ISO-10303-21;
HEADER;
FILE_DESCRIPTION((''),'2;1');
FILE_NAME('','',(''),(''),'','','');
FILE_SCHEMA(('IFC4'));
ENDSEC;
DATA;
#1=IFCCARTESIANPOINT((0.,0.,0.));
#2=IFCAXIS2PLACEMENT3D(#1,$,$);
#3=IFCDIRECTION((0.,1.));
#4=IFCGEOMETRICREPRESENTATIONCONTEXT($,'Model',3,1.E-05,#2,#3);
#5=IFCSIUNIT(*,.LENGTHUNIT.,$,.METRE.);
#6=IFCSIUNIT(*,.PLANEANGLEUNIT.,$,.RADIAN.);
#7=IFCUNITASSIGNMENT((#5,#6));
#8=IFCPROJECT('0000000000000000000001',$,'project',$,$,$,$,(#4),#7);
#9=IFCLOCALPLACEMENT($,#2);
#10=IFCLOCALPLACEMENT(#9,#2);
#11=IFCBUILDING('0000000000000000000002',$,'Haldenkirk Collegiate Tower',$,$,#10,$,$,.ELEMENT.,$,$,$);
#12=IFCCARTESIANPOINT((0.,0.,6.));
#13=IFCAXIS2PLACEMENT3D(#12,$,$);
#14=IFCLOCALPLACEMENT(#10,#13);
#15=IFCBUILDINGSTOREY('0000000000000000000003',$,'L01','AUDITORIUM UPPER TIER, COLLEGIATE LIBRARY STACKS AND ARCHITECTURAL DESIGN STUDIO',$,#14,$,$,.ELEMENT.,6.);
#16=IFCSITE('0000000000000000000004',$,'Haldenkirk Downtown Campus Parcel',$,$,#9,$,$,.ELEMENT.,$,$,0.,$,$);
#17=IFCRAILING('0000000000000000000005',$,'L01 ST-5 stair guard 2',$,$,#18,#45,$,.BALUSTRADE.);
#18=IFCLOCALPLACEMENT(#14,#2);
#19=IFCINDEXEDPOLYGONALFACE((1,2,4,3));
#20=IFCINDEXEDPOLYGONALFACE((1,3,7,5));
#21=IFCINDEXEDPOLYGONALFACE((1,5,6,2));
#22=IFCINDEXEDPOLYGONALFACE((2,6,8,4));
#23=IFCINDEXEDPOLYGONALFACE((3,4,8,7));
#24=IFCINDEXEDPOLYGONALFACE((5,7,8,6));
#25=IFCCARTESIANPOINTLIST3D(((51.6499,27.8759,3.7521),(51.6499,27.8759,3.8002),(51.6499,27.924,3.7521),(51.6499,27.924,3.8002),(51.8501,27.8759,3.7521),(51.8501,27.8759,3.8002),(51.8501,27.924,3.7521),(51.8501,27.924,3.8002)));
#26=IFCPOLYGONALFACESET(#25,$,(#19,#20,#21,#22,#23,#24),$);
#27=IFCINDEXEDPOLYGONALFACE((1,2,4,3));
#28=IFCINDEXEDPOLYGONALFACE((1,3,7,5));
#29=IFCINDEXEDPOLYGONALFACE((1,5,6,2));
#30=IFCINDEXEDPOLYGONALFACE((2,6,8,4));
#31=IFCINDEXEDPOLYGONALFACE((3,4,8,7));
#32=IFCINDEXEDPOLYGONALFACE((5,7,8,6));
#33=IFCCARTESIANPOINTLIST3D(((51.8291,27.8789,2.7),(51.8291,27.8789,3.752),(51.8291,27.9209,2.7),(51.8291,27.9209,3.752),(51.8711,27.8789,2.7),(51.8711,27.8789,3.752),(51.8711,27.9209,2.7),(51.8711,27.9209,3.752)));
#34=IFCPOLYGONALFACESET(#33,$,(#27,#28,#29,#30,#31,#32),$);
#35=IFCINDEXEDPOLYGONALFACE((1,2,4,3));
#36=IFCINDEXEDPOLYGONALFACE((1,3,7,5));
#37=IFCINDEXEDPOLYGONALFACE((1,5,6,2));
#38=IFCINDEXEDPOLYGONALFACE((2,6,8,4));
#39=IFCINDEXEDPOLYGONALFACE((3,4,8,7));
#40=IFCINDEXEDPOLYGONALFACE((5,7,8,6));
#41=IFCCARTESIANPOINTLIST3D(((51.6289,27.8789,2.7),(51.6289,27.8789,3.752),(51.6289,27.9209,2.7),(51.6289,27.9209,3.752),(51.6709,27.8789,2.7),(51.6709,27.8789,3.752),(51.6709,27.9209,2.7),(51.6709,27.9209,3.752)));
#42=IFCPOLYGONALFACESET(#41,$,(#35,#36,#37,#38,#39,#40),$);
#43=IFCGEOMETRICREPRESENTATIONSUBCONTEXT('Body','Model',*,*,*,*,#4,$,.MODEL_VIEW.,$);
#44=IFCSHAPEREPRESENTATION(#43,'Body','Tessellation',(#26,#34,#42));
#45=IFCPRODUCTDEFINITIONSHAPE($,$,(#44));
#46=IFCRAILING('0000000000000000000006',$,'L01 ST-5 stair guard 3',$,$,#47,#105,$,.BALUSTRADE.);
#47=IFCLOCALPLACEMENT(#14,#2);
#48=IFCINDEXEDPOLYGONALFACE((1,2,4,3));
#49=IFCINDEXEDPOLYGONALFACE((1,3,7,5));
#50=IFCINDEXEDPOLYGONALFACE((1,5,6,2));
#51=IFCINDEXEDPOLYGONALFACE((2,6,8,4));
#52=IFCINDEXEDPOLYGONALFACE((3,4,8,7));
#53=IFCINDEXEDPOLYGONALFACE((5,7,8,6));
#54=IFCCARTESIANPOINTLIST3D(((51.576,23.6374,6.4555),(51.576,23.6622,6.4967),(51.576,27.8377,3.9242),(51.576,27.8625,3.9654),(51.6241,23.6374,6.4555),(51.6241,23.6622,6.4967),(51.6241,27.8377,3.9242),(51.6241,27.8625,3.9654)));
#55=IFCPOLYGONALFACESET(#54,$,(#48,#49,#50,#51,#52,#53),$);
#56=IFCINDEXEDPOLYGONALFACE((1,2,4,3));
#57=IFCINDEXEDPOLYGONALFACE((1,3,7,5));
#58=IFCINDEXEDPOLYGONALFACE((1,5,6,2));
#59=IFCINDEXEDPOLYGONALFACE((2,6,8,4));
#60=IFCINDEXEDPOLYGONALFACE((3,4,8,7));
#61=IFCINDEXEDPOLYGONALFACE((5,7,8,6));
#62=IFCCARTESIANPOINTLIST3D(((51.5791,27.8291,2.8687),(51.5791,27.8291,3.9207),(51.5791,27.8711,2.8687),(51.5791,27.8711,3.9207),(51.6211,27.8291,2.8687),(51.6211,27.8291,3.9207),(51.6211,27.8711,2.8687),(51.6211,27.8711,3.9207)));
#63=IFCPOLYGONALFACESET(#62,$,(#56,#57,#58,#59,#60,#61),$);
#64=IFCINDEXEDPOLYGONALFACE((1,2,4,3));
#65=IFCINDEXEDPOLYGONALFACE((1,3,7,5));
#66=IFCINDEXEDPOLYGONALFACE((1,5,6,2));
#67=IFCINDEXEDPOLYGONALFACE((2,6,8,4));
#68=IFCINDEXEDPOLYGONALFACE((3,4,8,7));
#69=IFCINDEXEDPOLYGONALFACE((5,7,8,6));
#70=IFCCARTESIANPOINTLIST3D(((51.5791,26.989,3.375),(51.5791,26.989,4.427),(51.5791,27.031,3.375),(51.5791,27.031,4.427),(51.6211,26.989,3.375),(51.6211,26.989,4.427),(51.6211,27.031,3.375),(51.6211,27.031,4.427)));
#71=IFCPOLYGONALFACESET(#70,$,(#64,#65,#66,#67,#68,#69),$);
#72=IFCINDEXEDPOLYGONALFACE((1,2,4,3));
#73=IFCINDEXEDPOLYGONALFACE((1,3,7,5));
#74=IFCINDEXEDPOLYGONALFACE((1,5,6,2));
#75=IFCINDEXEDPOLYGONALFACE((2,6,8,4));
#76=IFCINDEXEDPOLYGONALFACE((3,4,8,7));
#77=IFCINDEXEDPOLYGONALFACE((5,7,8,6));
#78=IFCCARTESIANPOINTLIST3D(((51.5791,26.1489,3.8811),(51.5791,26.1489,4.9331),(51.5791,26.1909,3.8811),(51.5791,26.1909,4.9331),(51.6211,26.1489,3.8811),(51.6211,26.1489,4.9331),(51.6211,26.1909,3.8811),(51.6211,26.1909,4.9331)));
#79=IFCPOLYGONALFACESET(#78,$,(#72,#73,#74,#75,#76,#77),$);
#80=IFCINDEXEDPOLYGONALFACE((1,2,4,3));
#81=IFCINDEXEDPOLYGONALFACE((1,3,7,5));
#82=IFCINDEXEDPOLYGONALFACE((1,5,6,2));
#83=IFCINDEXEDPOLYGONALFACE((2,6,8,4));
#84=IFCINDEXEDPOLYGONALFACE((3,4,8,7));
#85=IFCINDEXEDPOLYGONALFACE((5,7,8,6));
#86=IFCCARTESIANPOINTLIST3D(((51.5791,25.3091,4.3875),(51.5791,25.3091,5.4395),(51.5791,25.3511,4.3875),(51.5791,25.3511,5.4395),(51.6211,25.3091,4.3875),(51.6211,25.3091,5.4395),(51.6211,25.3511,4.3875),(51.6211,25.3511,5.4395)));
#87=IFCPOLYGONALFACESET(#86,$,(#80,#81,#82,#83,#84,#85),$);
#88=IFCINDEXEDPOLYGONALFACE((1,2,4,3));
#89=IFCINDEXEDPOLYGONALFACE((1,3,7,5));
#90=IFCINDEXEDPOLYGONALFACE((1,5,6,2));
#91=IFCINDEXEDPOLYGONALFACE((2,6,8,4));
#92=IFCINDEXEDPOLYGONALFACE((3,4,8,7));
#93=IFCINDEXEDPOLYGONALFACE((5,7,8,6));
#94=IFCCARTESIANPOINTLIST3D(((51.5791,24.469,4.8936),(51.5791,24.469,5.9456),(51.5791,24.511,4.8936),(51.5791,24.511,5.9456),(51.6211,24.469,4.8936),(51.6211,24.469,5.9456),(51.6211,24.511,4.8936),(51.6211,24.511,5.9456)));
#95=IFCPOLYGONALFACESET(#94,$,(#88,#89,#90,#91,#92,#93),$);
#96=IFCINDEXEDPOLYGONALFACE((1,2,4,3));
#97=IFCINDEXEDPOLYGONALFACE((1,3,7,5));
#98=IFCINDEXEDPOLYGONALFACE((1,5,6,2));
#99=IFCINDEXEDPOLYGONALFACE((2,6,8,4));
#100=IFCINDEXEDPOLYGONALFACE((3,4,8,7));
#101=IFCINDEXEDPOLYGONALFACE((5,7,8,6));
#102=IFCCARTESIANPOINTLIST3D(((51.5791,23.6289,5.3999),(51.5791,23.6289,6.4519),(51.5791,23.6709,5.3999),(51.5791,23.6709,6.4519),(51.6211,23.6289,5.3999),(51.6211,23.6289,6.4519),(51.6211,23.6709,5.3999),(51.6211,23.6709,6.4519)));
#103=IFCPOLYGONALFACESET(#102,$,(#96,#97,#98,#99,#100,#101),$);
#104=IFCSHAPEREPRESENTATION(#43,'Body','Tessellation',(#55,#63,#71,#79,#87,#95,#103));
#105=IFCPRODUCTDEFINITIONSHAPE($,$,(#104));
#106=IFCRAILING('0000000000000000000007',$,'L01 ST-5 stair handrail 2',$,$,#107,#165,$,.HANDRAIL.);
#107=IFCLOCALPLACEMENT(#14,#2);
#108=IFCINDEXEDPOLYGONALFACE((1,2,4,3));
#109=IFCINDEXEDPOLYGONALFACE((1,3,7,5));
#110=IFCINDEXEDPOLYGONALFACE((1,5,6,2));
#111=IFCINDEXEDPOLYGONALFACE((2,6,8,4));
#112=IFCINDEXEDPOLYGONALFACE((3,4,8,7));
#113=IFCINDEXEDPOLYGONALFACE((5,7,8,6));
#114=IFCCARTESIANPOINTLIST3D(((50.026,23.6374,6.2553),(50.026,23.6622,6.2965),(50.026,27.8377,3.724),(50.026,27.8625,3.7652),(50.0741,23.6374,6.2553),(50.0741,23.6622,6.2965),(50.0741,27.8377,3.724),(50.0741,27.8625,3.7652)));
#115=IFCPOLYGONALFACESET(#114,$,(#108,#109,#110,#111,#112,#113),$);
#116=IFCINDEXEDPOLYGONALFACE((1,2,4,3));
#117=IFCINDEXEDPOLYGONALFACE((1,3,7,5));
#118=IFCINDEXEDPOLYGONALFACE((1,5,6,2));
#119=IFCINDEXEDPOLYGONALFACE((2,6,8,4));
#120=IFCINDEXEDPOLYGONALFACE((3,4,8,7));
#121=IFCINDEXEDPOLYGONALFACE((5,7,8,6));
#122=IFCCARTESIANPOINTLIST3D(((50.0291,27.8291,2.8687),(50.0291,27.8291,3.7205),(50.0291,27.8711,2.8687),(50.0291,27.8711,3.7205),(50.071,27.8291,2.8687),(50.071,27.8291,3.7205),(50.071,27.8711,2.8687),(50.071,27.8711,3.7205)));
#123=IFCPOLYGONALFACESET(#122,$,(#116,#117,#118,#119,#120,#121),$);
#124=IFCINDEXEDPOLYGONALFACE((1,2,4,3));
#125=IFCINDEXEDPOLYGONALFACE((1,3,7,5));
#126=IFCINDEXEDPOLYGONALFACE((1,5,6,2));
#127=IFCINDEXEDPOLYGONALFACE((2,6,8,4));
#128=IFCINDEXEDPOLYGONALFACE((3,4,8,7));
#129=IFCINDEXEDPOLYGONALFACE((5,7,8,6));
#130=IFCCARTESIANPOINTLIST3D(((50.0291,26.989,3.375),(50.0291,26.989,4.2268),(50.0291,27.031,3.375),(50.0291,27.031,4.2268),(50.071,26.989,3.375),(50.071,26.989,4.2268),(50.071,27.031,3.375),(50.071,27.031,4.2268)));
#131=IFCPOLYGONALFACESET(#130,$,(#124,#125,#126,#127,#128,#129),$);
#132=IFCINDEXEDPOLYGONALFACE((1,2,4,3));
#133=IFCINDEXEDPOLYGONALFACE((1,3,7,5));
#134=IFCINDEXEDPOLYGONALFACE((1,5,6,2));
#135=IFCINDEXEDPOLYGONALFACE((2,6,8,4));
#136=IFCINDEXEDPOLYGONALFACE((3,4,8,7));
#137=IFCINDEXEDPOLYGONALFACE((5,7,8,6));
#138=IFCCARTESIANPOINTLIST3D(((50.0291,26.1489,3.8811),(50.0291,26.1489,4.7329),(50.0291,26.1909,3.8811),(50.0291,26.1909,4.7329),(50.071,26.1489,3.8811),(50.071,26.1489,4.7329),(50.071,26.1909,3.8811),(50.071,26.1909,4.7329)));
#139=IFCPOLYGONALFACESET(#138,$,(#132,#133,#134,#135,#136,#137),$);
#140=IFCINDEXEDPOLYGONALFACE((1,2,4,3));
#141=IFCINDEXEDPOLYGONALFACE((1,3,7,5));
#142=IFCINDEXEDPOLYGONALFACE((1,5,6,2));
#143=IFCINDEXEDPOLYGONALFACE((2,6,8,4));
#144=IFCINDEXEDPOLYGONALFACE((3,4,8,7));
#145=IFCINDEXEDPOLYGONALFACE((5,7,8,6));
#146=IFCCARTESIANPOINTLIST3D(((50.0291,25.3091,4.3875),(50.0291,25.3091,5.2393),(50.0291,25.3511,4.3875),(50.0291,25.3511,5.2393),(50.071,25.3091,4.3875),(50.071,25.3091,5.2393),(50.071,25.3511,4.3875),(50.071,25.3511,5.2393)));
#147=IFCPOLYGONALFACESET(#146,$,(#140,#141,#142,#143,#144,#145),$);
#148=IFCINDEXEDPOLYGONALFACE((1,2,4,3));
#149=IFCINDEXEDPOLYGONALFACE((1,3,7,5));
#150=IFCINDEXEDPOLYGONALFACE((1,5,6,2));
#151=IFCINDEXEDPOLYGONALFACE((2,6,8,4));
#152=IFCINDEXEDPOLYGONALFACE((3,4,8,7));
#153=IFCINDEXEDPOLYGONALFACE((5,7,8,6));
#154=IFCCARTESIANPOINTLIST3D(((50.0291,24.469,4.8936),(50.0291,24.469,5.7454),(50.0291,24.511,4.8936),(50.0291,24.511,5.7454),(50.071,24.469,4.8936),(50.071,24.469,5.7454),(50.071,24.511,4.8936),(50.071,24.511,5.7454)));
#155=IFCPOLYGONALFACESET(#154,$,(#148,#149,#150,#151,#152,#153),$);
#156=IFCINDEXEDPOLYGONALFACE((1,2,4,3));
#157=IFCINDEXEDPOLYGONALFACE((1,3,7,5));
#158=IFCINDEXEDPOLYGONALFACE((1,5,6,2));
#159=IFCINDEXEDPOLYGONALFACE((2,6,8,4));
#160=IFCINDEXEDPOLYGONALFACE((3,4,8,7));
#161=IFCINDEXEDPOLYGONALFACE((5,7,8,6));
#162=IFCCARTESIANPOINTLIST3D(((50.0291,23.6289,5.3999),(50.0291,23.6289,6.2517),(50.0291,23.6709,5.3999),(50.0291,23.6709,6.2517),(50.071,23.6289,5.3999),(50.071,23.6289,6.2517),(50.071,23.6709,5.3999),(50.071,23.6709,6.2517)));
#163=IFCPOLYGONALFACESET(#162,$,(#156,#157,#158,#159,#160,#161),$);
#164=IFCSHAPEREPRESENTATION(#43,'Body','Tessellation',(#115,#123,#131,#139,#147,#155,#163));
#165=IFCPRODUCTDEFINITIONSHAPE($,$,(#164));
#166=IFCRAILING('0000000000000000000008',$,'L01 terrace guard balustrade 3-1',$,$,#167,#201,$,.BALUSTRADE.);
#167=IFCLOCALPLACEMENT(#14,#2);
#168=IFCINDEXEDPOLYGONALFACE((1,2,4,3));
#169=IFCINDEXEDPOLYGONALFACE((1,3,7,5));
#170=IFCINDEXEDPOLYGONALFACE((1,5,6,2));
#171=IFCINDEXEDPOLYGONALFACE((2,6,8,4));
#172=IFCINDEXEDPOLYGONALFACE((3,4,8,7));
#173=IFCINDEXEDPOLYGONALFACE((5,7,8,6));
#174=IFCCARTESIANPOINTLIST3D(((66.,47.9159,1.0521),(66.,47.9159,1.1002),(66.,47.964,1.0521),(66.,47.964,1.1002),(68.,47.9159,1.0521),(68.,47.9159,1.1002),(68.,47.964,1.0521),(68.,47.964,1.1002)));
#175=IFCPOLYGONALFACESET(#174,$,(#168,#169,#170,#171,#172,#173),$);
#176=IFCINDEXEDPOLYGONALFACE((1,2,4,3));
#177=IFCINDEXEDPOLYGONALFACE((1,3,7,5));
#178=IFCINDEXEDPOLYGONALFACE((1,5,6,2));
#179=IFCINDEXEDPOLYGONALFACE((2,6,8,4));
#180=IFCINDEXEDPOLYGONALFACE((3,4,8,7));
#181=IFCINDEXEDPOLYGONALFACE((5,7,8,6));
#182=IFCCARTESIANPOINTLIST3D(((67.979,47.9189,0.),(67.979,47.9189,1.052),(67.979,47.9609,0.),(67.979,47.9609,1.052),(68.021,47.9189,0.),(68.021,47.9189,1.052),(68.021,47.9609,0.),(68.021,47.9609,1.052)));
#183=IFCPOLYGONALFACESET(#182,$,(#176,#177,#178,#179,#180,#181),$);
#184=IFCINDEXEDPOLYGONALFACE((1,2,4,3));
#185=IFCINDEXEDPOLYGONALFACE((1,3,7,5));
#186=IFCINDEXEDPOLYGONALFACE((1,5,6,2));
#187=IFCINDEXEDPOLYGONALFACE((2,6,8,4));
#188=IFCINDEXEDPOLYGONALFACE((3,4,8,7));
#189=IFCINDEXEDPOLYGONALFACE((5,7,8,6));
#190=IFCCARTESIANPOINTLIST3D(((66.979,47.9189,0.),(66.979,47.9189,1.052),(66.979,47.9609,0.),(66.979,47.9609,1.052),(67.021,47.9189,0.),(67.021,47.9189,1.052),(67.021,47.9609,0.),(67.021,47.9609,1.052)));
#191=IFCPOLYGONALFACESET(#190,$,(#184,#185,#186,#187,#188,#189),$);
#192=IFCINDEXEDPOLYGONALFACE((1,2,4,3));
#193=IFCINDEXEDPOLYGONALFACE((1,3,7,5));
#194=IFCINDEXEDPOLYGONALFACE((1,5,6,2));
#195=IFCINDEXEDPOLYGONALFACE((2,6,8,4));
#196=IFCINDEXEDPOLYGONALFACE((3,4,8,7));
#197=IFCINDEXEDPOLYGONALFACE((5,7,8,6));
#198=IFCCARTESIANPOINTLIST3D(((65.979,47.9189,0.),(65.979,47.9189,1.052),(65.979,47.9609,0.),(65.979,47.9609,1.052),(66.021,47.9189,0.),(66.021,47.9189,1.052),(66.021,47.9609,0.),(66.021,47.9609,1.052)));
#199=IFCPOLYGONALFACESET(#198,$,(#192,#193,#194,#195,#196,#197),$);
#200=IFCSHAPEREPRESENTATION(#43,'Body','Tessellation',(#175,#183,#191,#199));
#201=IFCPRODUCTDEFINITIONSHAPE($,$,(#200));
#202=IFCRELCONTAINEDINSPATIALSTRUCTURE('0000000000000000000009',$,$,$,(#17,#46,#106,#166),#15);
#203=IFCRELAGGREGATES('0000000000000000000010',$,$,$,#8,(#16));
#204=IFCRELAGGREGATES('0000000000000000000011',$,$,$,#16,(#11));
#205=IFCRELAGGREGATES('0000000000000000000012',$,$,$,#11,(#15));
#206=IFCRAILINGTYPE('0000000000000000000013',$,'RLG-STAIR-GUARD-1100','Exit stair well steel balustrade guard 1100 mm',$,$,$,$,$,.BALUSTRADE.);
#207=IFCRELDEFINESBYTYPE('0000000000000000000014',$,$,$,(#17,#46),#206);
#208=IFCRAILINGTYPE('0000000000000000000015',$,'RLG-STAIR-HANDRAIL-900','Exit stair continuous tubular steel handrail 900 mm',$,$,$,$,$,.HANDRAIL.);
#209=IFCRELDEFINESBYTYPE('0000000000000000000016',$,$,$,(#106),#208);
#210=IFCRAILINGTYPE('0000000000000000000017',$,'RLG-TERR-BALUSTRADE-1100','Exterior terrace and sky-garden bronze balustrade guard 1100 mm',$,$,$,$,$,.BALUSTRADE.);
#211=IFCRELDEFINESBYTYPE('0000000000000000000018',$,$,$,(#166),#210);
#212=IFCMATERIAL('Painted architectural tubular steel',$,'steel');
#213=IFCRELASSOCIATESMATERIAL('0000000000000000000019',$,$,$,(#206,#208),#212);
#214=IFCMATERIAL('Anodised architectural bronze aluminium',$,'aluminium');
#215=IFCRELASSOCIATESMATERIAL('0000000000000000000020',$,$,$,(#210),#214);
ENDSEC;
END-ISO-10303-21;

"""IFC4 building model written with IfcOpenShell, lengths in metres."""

from ifc_helpers import new_model, si_unit, direction, frame, origin, origin_2d, place, context, subcontext, project, spatial, rectangle, extrude, material, type_object, element, save


model = new_model("IFC4")

# Units and contexts
model_context = context("Model", 3, precision=1e-05, world=origin(), true_north=direction((0.0, 1.0)))
body_context = subcontext(model_context, "Body", "Model", "MODEL_VIEW")
ifc_project = project(units=[si_unit("LENGTHUNIT", "METRE"), si_unit("PLANEANGLEUNIT", "RADIAN")], contexts=[model_context])

# Site, building, storey
site_placement = place(None, origin())
site = spatial("IfcSite", under=ifc_project, at=site_placement, Name="Haldenkirk Downtown Campus Parcel", CompositionType="ELEMENT", RefElevation=0.0)
building_placement = place(site_placement, origin())
building = spatial("IfcBuilding", under=site, at=building_placement, Name="Haldenkirk Collegiate Tower", CompositionType="ELEMENT")
storey_placement = place(building_placement, frame((0.0, 0.0, 6.0)))
storey = spatial("IfcBuildingStorey", under=building, at=storey_placement, Name="L01", Description="AUDITORIUM UPPER TIER, COLLEGIATE LIBRARY STACKS AND ARCHITECTURAL DESIGN STUDIO", CompositionType="ELEMENT", Elevation=6.0)

# Shared definitions
ifc_material_1 = material(Name="Anodised architectural bronze aluminium", Category="aluminium")

# Railings
ifc_material_2 = material(Name="Painted architectural tubular steel", Category="steel")
railing_type_1 = type_object("IfcRailingType", Name="RLG-STAIR-GUARD-1100", Description="Exit stair well steel balustrade guard 1100 mm", PredefinedType="BALUSTRADE", material=ifc_material_2)
railing_1_placement = place(storey_placement, frame((51.8501, 27.8999, 2.7)))
element("IfcRailing", 1, at=railing_1_placement, inside=storey, type_object=railing_type_1, Name="L01 ST-5 stair guard 2", PredefinedType="BALUSTRADE", context=body_context, shape_type="SweptSolid", body=[
    extrude(rectangle(XDim=0.0481, YDim=0.0481, at=origin_2d()), frame((0.0, 0.0, 1.0762), z_axis=(-1.0, 0.0, 0.0), x_axis=(0.0, -1.0, 0.0)), (0.0, 0.0, 1.0), 0.2002),
    extrude(rectangle(XDim=0.042, YDim=0.042, at=origin_2d()), origin(), (0.0, 0.0, 1.0), 1.052),
    extrude(rectangle(XDim=0.042, YDim=0.042, at=origin_2d()), frame((-0.2002, 0.0, 0.0)), (0.0, 0.0, 1.0), 1.052),
])
railing_2_placement = place(storey_placement, frame((51.6001, 27.8501, 2.8687)))
element("IfcRailing", 2, at=railing_2_placement, inside=storey, type_object=railing_type_1, Name="L01 ST-5 stair guard 3", PredefinedType="BALUSTRADE", context=body_context, shape_type="SweptSolid", body=[
    extrude(rectangle(XDim=0.0481, YDim=0.0481, at=origin_2d()), frame((0.0, 0.0, 1.0762), z_axis=(0.0, -0.85649, 0.516164), x_axis=(1.0, 0.0, 0.0)), (0.0, 0.0, 1.0), 4.9041),
    extrude(rectangle(XDim=0.042, YDim=0.042, at=origin_2d()), origin(), (0.0, 0.0, 1.0), 1.052),
    extrude(rectangle(XDim=0.042, YDim=0.042, at=origin_2d()), frame((0.0, -0.8401, 0.5063)), (0.0, 0.0, 1.0), 1.052),
    extrude(rectangle(XDim=0.042, YDim=0.042, at=origin_2d()), frame((0.0, -1.6802, 1.0125)), (0.0, 0.0, 1.0), 1.052),
    extrude(rectangle(XDim=0.042, YDim=0.042, at=origin_2d()), frame((0.0, -2.52, 1.5188)), (0.0, 0.0, 1.0), 1.052),
    extrude(rectangle(XDim=0.042, YDim=0.042, at=origin_2d()), frame((0.0, -3.3601, 2.0249)), (0.0, 0.0, 1.0), 1.052),
    extrude(rectangle(XDim=0.042, YDim=0.042, at=origin_2d()), frame((0.0, -4.2002, 2.5312)), (0.0, 0.0, 1.0), 1.052),
])
railing_type_2 = type_object("IfcRailingType", Name="RLG-STAIR-HANDRAIL-900", Description="Exit stair continuous tubular steel handrail 900 mm", PredefinedType="HANDRAIL", material=ifc_material_2)
railing_3_placement = place(storey_placement, frame((50.05, 27.8501, 2.8687)))
element("IfcRailing", 3, at=railing_3_placement, inside=storey, type_object=railing_type_2, Name="L01 ST-5 stair handrail 2", PredefinedType="HANDRAIL", context=body_context, shape_type="SweptSolid", body=[
    extrude(rectangle(XDim=0.0481, YDim=0.0481, at=origin_2d()), frame((0.0, 0.0, 0.876), z_axis=(0.0, -0.85649, 0.516164), x_axis=(1.0, 0.0, 0.0)), (0.0, 0.0, 1.0), 4.9041),
    extrude(rectangle(XDim=0.042, YDim=0.042, at=origin_2d()), origin(), (0.0, 0.0, 1.0), 0.8518),
    extrude(rectangle(XDim=0.042, YDim=0.042, at=origin_2d()), frame((0.0, -0.8401, 0.5063)), (0.0, 0.0, 1.0), 0.8518),
    extrude(rectangle(XDim=0.042, YDim=0.042, at=origin_2d()), frame((0.0, -1.6802, 1.0125)), (0.0, 0.0, 1.0), 0.8518),
    extrude(rectangle(XDim=0.042, YDim=0.042, at=origin_2d()), frame((0.0, -2.52, 1.5188)), (0.0, 0.0, 1.0), 0.8518),
    extrude(rectangle(XDim=0.042, YDim=0.042, at=origin_2d()), frame((0.0, -3.3601, 2.0249)), (0.0, 0.0, 1.0), 0.8518),
    extrude(rectangle(XDim=0.042, YDim=0.042, at=origin_2d()), frame((0.0, -4.2002, 2.5312)), (0.0, 0.0, 1.0), 0.8518),
])
railing_type_3 = type_object("IfcRailingType", Name="RLG-TERR-BALUSTRADE-1100", Description="Exterior terrace and sky-garden bronze balustrade guard 1100 mm", PredefinedType="BALUSTRADE", material=ifc_material_1)
railing_4_placement = place(storey_placement, frame((68.0, 47.9399, 0.0)))
element("IfcRailing", 4, at=railing_4_placement, inside=storey, type_object=railing_type_3, Name="L01 terrace guard balustrade 3-1", PredefinedType="BALUSTRADE", context=body_context, shape_type="SweptSolid", body=[
    extrude(rectangle(XDim=0.0481, YDim=0.0481, at=origin_2d()), frame((0.0, 0.0, 1.0762), z_axis=(-1.0, 0.0, 0.0), x_axis=(0.0, -1.0, 0.0)), (0.0, 0.0, 1.0), 2.0),
    extrude(rectangle(XDim=0.042, YDim=0.042, at=origin_2d()), origin(), (0.0, 0.0, 1.0), 1.052),
    extrude(rectangle(XDim=0.042, YDim=0.042, at=origin_2d()), frame((-1.0, 0.0, 0.0)), (0.0, 0.0, 1.0), 1.052),
    extrude(rectangle(XDim=0.042, YDim=0.042, at=origin_2d()), frame((-2.0, 0.0, 0.0)), (0.0, 0.0, 1.0), 1.052),
])

save(model, "model.ifc")
